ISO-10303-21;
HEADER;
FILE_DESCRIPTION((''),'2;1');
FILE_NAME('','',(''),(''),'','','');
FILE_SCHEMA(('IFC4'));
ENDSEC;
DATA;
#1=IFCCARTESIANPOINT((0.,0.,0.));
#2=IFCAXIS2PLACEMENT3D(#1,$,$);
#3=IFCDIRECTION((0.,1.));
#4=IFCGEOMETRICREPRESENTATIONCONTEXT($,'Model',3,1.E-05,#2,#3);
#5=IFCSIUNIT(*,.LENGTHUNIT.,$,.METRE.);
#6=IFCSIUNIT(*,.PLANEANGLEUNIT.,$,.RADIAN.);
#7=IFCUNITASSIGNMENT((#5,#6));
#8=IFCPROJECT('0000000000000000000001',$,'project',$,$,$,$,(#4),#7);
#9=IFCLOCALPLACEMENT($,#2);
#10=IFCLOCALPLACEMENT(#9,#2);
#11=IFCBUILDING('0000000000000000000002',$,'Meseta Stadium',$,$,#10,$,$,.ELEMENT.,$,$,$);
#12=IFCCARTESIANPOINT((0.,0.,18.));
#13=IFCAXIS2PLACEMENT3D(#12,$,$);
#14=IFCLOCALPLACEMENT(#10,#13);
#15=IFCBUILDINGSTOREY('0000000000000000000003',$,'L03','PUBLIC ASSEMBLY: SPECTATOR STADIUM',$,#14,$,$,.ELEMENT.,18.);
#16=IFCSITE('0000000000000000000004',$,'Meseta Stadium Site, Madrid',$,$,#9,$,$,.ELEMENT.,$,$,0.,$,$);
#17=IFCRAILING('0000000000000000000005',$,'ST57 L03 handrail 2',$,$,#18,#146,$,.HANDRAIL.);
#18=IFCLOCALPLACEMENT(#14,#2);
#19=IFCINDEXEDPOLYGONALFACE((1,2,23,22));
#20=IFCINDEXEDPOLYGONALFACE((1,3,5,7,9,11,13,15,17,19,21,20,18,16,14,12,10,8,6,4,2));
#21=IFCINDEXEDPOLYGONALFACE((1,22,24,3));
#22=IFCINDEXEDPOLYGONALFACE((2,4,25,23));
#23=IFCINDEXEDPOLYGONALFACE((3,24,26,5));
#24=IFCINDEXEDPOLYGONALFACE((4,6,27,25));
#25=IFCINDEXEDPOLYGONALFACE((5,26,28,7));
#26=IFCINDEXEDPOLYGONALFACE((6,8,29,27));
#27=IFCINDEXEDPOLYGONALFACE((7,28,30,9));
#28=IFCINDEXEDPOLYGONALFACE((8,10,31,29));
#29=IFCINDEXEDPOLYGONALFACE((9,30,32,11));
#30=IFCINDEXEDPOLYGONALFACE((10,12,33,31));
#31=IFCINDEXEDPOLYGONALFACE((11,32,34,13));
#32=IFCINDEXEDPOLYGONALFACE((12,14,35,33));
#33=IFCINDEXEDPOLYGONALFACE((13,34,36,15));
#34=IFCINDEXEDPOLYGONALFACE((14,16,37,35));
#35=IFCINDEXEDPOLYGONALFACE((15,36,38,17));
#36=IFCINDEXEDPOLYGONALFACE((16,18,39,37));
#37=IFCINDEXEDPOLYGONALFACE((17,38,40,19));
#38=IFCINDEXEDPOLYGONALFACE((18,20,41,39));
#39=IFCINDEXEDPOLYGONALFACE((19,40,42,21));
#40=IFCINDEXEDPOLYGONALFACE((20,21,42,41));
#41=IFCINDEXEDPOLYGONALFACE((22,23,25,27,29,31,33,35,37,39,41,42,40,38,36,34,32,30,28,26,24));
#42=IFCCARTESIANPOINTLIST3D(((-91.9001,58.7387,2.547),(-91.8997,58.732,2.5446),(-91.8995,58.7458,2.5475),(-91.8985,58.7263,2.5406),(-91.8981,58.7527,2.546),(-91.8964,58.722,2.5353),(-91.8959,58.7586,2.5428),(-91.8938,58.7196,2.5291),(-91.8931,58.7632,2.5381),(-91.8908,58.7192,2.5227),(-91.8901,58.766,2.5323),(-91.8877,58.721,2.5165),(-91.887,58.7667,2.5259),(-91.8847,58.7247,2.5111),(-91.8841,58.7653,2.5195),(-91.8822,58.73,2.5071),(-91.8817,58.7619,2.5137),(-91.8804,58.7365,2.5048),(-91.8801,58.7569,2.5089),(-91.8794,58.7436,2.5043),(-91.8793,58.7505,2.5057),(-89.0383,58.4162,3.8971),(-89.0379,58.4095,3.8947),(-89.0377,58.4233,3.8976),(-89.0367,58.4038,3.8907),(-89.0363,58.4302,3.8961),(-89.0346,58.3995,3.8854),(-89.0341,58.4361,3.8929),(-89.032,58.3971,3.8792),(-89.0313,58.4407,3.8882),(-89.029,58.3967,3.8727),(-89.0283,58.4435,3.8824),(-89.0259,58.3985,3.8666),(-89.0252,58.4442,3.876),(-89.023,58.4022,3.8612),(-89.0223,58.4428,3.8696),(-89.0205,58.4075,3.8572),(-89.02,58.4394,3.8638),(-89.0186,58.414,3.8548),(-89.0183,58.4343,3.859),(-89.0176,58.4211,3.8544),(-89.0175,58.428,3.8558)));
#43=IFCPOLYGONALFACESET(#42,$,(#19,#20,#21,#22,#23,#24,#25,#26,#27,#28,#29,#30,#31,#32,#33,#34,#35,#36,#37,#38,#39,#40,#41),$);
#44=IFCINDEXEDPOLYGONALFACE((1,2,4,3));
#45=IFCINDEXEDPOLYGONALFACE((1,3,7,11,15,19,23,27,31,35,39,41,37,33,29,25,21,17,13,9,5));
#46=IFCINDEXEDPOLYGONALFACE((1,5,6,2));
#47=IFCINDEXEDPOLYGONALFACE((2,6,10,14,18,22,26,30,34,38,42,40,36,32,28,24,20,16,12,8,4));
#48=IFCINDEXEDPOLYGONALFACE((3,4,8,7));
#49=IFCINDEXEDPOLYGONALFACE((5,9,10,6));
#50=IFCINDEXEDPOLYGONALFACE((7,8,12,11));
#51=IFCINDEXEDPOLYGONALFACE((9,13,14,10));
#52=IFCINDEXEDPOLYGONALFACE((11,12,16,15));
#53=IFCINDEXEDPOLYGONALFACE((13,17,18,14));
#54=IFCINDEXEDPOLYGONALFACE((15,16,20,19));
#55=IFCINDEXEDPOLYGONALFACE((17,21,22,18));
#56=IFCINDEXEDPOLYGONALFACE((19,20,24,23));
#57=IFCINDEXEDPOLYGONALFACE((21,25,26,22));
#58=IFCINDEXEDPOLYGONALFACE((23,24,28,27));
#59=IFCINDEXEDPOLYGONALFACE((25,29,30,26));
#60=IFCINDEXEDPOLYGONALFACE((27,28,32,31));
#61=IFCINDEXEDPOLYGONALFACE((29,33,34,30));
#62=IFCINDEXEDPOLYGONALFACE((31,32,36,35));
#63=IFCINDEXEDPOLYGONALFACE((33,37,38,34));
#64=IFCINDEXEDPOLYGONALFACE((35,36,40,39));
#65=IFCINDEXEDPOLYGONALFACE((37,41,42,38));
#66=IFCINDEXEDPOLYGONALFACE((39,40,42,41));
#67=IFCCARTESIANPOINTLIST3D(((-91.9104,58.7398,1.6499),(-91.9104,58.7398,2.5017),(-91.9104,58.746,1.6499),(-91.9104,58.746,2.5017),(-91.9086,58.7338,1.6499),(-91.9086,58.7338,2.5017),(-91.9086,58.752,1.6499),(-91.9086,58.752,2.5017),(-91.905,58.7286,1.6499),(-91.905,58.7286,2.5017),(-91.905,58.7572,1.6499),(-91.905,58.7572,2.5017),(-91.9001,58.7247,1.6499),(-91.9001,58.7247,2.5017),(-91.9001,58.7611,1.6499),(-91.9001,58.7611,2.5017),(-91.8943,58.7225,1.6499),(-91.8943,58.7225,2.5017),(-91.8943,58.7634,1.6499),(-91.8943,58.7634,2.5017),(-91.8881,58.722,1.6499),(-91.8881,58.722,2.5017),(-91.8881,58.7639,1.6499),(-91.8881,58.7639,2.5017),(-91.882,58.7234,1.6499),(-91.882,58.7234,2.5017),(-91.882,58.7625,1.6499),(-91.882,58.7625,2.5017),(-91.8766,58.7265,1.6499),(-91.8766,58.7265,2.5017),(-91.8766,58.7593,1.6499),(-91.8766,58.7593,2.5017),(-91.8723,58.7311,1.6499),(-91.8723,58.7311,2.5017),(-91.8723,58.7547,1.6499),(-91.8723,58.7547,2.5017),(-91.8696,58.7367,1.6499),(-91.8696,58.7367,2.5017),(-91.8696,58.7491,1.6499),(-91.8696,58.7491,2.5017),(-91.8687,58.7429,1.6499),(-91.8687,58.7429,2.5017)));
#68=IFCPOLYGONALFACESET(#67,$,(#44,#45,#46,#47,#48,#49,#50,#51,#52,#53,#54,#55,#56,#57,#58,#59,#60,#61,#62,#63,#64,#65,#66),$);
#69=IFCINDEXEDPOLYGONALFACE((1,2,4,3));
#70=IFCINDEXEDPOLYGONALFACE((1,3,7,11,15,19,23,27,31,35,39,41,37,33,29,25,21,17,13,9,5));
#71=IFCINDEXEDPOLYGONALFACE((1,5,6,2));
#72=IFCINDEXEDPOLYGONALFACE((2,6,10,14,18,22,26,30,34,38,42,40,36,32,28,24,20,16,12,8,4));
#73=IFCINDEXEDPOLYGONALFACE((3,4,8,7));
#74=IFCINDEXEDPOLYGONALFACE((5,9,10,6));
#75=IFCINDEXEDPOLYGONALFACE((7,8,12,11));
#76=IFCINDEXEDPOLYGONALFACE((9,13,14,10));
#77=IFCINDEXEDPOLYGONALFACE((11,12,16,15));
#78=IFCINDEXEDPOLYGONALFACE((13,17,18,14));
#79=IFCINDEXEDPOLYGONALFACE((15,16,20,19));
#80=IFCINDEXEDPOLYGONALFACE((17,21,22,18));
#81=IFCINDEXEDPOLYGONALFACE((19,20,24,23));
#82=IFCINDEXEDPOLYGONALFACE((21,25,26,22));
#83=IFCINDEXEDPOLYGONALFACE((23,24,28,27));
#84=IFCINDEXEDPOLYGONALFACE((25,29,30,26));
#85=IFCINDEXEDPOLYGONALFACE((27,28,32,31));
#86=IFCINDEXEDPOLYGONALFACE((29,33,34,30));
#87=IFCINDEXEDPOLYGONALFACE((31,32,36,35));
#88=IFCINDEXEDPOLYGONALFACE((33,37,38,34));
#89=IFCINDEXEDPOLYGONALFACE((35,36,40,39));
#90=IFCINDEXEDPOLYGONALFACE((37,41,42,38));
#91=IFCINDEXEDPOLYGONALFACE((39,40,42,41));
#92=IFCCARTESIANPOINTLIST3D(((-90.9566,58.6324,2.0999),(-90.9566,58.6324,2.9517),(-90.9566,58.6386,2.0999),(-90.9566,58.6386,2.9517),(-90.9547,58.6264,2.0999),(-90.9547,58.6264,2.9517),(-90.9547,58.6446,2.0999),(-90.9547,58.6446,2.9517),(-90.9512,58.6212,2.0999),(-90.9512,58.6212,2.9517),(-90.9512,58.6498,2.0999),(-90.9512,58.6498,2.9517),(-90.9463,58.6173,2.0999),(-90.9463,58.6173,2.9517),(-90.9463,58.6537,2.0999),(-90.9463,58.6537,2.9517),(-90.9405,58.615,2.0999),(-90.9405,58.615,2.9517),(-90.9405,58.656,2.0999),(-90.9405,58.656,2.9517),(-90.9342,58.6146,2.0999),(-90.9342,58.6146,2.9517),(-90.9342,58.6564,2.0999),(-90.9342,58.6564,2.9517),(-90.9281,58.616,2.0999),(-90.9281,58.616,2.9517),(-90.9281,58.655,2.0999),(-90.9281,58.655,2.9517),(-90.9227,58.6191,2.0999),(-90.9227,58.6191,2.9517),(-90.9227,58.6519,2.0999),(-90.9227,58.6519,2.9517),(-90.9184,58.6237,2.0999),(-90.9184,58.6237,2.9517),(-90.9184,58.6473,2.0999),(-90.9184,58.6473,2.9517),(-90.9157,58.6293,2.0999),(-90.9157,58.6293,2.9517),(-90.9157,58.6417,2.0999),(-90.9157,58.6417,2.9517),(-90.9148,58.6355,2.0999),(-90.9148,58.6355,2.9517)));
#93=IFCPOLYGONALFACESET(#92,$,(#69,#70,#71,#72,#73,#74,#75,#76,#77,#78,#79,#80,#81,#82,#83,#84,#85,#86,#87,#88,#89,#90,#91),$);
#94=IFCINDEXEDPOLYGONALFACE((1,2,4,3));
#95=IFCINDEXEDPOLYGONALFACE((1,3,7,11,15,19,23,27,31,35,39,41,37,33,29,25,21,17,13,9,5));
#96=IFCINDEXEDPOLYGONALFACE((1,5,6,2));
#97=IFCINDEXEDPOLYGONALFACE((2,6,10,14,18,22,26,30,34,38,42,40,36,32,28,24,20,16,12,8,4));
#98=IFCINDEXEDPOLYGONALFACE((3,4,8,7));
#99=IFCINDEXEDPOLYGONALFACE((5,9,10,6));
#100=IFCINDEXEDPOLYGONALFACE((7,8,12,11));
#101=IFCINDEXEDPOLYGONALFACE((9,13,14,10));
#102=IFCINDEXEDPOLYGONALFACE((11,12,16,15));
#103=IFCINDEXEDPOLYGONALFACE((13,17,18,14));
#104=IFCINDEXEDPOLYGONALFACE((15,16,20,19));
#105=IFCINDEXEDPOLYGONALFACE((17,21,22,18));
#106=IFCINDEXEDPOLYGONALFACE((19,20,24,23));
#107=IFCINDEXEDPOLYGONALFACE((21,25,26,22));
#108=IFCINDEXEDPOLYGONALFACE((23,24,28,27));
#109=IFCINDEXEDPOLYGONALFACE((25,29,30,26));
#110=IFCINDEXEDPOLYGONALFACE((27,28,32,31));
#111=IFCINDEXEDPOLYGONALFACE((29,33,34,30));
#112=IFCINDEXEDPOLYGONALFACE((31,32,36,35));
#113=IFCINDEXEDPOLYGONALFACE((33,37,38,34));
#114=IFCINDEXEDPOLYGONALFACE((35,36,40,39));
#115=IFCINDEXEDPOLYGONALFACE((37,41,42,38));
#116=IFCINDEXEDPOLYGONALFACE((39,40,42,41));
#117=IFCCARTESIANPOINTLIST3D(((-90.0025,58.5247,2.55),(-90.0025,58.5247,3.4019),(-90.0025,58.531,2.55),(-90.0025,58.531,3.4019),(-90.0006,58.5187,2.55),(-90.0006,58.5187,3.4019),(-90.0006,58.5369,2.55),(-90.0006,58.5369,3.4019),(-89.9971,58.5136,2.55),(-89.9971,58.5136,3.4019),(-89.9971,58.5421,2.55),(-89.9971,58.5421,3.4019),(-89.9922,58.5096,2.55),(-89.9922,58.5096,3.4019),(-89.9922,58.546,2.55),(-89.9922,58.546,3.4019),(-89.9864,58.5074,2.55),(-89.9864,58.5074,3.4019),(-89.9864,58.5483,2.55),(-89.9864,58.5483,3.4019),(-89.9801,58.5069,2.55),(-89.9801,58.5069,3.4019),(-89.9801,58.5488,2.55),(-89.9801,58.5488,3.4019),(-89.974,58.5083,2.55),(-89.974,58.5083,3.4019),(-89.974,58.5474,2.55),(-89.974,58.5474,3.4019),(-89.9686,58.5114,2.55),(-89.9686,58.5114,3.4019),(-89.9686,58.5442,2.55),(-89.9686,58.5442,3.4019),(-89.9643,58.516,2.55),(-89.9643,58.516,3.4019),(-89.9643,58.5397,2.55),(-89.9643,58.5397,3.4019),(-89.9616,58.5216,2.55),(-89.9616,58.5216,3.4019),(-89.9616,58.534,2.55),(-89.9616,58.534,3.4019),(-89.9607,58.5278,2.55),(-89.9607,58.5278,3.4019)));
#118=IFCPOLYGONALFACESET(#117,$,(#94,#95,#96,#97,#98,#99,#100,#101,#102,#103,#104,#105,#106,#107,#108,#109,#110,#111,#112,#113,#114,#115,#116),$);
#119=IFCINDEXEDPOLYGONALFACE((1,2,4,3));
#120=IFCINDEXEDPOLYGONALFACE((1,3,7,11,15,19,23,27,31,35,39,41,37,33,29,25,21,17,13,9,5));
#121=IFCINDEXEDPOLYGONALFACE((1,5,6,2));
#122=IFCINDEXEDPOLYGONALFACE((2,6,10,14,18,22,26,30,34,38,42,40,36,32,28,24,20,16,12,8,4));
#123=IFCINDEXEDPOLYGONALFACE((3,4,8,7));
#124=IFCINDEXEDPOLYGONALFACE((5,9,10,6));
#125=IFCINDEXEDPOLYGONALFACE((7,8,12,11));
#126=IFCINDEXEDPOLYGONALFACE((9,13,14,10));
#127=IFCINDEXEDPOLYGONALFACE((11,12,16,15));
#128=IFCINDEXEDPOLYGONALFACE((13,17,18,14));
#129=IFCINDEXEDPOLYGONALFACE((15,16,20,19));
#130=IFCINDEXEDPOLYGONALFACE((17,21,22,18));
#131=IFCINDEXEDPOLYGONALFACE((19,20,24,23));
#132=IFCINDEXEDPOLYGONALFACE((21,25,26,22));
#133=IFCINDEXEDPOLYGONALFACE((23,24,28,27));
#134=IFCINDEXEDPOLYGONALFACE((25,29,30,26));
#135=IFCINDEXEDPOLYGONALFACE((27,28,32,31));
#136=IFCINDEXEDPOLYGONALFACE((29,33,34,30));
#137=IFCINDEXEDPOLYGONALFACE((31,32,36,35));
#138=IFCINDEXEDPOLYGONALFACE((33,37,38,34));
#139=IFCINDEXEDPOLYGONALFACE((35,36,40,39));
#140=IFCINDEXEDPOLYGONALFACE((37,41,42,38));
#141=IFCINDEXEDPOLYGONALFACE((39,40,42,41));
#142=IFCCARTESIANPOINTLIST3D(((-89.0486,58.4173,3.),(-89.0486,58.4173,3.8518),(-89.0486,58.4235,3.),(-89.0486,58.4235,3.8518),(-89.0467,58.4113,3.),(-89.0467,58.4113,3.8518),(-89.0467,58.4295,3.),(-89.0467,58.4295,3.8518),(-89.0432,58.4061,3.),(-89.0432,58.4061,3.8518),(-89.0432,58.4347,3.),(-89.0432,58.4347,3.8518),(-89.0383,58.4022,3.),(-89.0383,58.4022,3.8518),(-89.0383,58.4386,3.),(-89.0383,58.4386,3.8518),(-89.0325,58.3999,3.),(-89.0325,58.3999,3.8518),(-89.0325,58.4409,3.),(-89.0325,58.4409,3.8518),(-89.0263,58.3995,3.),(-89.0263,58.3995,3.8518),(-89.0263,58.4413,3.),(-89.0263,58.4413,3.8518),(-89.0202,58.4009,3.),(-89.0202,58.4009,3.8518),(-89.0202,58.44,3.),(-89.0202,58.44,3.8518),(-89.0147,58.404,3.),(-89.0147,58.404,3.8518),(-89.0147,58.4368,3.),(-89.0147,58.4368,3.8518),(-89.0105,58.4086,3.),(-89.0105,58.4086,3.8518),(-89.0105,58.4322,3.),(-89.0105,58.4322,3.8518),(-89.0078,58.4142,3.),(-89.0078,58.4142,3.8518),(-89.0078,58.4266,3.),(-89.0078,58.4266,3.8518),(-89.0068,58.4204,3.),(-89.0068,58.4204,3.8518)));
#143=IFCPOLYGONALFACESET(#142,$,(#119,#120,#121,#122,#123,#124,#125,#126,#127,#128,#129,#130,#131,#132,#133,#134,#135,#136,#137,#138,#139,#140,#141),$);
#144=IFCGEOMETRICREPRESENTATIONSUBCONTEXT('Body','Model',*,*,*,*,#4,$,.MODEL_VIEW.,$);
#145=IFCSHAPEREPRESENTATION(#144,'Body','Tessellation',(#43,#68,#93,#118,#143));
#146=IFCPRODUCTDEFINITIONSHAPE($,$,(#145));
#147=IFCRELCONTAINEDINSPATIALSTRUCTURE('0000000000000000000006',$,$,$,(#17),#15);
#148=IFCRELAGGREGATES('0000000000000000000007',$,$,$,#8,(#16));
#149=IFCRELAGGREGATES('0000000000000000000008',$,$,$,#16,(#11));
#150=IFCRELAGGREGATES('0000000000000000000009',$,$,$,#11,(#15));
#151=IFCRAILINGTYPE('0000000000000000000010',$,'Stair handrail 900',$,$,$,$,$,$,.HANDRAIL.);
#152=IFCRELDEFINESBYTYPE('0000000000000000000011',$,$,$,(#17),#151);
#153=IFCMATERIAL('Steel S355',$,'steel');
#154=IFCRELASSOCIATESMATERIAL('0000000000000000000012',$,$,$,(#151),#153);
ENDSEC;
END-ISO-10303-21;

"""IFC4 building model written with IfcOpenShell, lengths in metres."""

from ifc_helpers import new_model, si_unit, direction, frame, origin, origin_2d, place, context, subcontext, project, spatial, circle, extrude, material, type_object, element, save


model = new_model("IFC4")

# Units and contexts
model_context = context("Model", 3, precision=1e-05, world=origin(), true_north=direction((0.0, 1.0)))
body_context = subcontext(model_context, "Body", "Model", "MODEL_VIEW")
ifc_project = project(units=[si_unit("LENGTHUNIT", "METRE"), si_unit("PLANEANGLEUNIT", "RADIAN")], contexts=[model_context])

# Site, building, storey
site_placement = place(None, origin())
site = spatial("IfcSite", under=ifc_project, at=site_placement, Name="Meseta Stadium Site, Madrid", CompositionType="ELEMENT", RefElevation=0.0)
building_placement = place(site_placement, origin())
building = spatial("IfcBuilding", under=site, at=building_placement, Name="Meseta Stadium", CompositionType="ELEMENT")
storey_placement = place(building_placement, frame((0.0, 0.0, 18.0)))
storey = spatial("IfcBuildingStorey", under=building, at=storey_placement, Name="L03", Description="PUBLIC ASSEMBLY: SPECTATOR STADIUM", CompositionType="ELEMENT", Elevation=18.0)

# Railing
ifc_material_1 = material(Name="Steel S355", Category="steel")
railing_type = type_object("IfcRailingType", Name="Stair handrail 900", PredefinedType="HANDRAIL", material=ifc_material_1)
for number, where, name in (
    (1, (-91.8896, 58.7429, 1.6499), "ST57 L03 handrail 2"),
):
    element("IfcRailing", number, at=place(storey_placement, frame(where)), inside=storey, type_object=railing_type, Name=name, PredefinedType="HANDRAIL", context=body_context, shape_type="SweptSolid", body=[
        extrude(circle(Radius=0.0239, at=origin_2d()), frame((0.0, 0.0, 0.876), z_axis=(0.899748, -0.101396, 0.424467), x_axis=(0.111985, 0.99371, 0.0)), (0.0, 0.0, 1.0), 3.1807),
        extrude(circle(Radius=0.021, at=origin_2d()), origin(), (0.0, 0.0, 1.0), 0.8518),
        extrude(circle(Radius=0.021, at=origin_2d()), frame((0.9539, -0.1074, 0.45)), (0.0, 0.0, 1.0), 0.8518),
        extrude(circle(Radius=0.021, at=origin_2d()), frame((1.908, -0.2151, 0.9001)), (0.0, 0.0, 1.0), 0.8518),
        extrude(circle(Radius=0.021, at=origin_2d()), frame((2.8618, -0.3225, 1.3501)), (0.0, 0.0, 1.0), 0.8518),
    ])

save(model, "model.ifc")
